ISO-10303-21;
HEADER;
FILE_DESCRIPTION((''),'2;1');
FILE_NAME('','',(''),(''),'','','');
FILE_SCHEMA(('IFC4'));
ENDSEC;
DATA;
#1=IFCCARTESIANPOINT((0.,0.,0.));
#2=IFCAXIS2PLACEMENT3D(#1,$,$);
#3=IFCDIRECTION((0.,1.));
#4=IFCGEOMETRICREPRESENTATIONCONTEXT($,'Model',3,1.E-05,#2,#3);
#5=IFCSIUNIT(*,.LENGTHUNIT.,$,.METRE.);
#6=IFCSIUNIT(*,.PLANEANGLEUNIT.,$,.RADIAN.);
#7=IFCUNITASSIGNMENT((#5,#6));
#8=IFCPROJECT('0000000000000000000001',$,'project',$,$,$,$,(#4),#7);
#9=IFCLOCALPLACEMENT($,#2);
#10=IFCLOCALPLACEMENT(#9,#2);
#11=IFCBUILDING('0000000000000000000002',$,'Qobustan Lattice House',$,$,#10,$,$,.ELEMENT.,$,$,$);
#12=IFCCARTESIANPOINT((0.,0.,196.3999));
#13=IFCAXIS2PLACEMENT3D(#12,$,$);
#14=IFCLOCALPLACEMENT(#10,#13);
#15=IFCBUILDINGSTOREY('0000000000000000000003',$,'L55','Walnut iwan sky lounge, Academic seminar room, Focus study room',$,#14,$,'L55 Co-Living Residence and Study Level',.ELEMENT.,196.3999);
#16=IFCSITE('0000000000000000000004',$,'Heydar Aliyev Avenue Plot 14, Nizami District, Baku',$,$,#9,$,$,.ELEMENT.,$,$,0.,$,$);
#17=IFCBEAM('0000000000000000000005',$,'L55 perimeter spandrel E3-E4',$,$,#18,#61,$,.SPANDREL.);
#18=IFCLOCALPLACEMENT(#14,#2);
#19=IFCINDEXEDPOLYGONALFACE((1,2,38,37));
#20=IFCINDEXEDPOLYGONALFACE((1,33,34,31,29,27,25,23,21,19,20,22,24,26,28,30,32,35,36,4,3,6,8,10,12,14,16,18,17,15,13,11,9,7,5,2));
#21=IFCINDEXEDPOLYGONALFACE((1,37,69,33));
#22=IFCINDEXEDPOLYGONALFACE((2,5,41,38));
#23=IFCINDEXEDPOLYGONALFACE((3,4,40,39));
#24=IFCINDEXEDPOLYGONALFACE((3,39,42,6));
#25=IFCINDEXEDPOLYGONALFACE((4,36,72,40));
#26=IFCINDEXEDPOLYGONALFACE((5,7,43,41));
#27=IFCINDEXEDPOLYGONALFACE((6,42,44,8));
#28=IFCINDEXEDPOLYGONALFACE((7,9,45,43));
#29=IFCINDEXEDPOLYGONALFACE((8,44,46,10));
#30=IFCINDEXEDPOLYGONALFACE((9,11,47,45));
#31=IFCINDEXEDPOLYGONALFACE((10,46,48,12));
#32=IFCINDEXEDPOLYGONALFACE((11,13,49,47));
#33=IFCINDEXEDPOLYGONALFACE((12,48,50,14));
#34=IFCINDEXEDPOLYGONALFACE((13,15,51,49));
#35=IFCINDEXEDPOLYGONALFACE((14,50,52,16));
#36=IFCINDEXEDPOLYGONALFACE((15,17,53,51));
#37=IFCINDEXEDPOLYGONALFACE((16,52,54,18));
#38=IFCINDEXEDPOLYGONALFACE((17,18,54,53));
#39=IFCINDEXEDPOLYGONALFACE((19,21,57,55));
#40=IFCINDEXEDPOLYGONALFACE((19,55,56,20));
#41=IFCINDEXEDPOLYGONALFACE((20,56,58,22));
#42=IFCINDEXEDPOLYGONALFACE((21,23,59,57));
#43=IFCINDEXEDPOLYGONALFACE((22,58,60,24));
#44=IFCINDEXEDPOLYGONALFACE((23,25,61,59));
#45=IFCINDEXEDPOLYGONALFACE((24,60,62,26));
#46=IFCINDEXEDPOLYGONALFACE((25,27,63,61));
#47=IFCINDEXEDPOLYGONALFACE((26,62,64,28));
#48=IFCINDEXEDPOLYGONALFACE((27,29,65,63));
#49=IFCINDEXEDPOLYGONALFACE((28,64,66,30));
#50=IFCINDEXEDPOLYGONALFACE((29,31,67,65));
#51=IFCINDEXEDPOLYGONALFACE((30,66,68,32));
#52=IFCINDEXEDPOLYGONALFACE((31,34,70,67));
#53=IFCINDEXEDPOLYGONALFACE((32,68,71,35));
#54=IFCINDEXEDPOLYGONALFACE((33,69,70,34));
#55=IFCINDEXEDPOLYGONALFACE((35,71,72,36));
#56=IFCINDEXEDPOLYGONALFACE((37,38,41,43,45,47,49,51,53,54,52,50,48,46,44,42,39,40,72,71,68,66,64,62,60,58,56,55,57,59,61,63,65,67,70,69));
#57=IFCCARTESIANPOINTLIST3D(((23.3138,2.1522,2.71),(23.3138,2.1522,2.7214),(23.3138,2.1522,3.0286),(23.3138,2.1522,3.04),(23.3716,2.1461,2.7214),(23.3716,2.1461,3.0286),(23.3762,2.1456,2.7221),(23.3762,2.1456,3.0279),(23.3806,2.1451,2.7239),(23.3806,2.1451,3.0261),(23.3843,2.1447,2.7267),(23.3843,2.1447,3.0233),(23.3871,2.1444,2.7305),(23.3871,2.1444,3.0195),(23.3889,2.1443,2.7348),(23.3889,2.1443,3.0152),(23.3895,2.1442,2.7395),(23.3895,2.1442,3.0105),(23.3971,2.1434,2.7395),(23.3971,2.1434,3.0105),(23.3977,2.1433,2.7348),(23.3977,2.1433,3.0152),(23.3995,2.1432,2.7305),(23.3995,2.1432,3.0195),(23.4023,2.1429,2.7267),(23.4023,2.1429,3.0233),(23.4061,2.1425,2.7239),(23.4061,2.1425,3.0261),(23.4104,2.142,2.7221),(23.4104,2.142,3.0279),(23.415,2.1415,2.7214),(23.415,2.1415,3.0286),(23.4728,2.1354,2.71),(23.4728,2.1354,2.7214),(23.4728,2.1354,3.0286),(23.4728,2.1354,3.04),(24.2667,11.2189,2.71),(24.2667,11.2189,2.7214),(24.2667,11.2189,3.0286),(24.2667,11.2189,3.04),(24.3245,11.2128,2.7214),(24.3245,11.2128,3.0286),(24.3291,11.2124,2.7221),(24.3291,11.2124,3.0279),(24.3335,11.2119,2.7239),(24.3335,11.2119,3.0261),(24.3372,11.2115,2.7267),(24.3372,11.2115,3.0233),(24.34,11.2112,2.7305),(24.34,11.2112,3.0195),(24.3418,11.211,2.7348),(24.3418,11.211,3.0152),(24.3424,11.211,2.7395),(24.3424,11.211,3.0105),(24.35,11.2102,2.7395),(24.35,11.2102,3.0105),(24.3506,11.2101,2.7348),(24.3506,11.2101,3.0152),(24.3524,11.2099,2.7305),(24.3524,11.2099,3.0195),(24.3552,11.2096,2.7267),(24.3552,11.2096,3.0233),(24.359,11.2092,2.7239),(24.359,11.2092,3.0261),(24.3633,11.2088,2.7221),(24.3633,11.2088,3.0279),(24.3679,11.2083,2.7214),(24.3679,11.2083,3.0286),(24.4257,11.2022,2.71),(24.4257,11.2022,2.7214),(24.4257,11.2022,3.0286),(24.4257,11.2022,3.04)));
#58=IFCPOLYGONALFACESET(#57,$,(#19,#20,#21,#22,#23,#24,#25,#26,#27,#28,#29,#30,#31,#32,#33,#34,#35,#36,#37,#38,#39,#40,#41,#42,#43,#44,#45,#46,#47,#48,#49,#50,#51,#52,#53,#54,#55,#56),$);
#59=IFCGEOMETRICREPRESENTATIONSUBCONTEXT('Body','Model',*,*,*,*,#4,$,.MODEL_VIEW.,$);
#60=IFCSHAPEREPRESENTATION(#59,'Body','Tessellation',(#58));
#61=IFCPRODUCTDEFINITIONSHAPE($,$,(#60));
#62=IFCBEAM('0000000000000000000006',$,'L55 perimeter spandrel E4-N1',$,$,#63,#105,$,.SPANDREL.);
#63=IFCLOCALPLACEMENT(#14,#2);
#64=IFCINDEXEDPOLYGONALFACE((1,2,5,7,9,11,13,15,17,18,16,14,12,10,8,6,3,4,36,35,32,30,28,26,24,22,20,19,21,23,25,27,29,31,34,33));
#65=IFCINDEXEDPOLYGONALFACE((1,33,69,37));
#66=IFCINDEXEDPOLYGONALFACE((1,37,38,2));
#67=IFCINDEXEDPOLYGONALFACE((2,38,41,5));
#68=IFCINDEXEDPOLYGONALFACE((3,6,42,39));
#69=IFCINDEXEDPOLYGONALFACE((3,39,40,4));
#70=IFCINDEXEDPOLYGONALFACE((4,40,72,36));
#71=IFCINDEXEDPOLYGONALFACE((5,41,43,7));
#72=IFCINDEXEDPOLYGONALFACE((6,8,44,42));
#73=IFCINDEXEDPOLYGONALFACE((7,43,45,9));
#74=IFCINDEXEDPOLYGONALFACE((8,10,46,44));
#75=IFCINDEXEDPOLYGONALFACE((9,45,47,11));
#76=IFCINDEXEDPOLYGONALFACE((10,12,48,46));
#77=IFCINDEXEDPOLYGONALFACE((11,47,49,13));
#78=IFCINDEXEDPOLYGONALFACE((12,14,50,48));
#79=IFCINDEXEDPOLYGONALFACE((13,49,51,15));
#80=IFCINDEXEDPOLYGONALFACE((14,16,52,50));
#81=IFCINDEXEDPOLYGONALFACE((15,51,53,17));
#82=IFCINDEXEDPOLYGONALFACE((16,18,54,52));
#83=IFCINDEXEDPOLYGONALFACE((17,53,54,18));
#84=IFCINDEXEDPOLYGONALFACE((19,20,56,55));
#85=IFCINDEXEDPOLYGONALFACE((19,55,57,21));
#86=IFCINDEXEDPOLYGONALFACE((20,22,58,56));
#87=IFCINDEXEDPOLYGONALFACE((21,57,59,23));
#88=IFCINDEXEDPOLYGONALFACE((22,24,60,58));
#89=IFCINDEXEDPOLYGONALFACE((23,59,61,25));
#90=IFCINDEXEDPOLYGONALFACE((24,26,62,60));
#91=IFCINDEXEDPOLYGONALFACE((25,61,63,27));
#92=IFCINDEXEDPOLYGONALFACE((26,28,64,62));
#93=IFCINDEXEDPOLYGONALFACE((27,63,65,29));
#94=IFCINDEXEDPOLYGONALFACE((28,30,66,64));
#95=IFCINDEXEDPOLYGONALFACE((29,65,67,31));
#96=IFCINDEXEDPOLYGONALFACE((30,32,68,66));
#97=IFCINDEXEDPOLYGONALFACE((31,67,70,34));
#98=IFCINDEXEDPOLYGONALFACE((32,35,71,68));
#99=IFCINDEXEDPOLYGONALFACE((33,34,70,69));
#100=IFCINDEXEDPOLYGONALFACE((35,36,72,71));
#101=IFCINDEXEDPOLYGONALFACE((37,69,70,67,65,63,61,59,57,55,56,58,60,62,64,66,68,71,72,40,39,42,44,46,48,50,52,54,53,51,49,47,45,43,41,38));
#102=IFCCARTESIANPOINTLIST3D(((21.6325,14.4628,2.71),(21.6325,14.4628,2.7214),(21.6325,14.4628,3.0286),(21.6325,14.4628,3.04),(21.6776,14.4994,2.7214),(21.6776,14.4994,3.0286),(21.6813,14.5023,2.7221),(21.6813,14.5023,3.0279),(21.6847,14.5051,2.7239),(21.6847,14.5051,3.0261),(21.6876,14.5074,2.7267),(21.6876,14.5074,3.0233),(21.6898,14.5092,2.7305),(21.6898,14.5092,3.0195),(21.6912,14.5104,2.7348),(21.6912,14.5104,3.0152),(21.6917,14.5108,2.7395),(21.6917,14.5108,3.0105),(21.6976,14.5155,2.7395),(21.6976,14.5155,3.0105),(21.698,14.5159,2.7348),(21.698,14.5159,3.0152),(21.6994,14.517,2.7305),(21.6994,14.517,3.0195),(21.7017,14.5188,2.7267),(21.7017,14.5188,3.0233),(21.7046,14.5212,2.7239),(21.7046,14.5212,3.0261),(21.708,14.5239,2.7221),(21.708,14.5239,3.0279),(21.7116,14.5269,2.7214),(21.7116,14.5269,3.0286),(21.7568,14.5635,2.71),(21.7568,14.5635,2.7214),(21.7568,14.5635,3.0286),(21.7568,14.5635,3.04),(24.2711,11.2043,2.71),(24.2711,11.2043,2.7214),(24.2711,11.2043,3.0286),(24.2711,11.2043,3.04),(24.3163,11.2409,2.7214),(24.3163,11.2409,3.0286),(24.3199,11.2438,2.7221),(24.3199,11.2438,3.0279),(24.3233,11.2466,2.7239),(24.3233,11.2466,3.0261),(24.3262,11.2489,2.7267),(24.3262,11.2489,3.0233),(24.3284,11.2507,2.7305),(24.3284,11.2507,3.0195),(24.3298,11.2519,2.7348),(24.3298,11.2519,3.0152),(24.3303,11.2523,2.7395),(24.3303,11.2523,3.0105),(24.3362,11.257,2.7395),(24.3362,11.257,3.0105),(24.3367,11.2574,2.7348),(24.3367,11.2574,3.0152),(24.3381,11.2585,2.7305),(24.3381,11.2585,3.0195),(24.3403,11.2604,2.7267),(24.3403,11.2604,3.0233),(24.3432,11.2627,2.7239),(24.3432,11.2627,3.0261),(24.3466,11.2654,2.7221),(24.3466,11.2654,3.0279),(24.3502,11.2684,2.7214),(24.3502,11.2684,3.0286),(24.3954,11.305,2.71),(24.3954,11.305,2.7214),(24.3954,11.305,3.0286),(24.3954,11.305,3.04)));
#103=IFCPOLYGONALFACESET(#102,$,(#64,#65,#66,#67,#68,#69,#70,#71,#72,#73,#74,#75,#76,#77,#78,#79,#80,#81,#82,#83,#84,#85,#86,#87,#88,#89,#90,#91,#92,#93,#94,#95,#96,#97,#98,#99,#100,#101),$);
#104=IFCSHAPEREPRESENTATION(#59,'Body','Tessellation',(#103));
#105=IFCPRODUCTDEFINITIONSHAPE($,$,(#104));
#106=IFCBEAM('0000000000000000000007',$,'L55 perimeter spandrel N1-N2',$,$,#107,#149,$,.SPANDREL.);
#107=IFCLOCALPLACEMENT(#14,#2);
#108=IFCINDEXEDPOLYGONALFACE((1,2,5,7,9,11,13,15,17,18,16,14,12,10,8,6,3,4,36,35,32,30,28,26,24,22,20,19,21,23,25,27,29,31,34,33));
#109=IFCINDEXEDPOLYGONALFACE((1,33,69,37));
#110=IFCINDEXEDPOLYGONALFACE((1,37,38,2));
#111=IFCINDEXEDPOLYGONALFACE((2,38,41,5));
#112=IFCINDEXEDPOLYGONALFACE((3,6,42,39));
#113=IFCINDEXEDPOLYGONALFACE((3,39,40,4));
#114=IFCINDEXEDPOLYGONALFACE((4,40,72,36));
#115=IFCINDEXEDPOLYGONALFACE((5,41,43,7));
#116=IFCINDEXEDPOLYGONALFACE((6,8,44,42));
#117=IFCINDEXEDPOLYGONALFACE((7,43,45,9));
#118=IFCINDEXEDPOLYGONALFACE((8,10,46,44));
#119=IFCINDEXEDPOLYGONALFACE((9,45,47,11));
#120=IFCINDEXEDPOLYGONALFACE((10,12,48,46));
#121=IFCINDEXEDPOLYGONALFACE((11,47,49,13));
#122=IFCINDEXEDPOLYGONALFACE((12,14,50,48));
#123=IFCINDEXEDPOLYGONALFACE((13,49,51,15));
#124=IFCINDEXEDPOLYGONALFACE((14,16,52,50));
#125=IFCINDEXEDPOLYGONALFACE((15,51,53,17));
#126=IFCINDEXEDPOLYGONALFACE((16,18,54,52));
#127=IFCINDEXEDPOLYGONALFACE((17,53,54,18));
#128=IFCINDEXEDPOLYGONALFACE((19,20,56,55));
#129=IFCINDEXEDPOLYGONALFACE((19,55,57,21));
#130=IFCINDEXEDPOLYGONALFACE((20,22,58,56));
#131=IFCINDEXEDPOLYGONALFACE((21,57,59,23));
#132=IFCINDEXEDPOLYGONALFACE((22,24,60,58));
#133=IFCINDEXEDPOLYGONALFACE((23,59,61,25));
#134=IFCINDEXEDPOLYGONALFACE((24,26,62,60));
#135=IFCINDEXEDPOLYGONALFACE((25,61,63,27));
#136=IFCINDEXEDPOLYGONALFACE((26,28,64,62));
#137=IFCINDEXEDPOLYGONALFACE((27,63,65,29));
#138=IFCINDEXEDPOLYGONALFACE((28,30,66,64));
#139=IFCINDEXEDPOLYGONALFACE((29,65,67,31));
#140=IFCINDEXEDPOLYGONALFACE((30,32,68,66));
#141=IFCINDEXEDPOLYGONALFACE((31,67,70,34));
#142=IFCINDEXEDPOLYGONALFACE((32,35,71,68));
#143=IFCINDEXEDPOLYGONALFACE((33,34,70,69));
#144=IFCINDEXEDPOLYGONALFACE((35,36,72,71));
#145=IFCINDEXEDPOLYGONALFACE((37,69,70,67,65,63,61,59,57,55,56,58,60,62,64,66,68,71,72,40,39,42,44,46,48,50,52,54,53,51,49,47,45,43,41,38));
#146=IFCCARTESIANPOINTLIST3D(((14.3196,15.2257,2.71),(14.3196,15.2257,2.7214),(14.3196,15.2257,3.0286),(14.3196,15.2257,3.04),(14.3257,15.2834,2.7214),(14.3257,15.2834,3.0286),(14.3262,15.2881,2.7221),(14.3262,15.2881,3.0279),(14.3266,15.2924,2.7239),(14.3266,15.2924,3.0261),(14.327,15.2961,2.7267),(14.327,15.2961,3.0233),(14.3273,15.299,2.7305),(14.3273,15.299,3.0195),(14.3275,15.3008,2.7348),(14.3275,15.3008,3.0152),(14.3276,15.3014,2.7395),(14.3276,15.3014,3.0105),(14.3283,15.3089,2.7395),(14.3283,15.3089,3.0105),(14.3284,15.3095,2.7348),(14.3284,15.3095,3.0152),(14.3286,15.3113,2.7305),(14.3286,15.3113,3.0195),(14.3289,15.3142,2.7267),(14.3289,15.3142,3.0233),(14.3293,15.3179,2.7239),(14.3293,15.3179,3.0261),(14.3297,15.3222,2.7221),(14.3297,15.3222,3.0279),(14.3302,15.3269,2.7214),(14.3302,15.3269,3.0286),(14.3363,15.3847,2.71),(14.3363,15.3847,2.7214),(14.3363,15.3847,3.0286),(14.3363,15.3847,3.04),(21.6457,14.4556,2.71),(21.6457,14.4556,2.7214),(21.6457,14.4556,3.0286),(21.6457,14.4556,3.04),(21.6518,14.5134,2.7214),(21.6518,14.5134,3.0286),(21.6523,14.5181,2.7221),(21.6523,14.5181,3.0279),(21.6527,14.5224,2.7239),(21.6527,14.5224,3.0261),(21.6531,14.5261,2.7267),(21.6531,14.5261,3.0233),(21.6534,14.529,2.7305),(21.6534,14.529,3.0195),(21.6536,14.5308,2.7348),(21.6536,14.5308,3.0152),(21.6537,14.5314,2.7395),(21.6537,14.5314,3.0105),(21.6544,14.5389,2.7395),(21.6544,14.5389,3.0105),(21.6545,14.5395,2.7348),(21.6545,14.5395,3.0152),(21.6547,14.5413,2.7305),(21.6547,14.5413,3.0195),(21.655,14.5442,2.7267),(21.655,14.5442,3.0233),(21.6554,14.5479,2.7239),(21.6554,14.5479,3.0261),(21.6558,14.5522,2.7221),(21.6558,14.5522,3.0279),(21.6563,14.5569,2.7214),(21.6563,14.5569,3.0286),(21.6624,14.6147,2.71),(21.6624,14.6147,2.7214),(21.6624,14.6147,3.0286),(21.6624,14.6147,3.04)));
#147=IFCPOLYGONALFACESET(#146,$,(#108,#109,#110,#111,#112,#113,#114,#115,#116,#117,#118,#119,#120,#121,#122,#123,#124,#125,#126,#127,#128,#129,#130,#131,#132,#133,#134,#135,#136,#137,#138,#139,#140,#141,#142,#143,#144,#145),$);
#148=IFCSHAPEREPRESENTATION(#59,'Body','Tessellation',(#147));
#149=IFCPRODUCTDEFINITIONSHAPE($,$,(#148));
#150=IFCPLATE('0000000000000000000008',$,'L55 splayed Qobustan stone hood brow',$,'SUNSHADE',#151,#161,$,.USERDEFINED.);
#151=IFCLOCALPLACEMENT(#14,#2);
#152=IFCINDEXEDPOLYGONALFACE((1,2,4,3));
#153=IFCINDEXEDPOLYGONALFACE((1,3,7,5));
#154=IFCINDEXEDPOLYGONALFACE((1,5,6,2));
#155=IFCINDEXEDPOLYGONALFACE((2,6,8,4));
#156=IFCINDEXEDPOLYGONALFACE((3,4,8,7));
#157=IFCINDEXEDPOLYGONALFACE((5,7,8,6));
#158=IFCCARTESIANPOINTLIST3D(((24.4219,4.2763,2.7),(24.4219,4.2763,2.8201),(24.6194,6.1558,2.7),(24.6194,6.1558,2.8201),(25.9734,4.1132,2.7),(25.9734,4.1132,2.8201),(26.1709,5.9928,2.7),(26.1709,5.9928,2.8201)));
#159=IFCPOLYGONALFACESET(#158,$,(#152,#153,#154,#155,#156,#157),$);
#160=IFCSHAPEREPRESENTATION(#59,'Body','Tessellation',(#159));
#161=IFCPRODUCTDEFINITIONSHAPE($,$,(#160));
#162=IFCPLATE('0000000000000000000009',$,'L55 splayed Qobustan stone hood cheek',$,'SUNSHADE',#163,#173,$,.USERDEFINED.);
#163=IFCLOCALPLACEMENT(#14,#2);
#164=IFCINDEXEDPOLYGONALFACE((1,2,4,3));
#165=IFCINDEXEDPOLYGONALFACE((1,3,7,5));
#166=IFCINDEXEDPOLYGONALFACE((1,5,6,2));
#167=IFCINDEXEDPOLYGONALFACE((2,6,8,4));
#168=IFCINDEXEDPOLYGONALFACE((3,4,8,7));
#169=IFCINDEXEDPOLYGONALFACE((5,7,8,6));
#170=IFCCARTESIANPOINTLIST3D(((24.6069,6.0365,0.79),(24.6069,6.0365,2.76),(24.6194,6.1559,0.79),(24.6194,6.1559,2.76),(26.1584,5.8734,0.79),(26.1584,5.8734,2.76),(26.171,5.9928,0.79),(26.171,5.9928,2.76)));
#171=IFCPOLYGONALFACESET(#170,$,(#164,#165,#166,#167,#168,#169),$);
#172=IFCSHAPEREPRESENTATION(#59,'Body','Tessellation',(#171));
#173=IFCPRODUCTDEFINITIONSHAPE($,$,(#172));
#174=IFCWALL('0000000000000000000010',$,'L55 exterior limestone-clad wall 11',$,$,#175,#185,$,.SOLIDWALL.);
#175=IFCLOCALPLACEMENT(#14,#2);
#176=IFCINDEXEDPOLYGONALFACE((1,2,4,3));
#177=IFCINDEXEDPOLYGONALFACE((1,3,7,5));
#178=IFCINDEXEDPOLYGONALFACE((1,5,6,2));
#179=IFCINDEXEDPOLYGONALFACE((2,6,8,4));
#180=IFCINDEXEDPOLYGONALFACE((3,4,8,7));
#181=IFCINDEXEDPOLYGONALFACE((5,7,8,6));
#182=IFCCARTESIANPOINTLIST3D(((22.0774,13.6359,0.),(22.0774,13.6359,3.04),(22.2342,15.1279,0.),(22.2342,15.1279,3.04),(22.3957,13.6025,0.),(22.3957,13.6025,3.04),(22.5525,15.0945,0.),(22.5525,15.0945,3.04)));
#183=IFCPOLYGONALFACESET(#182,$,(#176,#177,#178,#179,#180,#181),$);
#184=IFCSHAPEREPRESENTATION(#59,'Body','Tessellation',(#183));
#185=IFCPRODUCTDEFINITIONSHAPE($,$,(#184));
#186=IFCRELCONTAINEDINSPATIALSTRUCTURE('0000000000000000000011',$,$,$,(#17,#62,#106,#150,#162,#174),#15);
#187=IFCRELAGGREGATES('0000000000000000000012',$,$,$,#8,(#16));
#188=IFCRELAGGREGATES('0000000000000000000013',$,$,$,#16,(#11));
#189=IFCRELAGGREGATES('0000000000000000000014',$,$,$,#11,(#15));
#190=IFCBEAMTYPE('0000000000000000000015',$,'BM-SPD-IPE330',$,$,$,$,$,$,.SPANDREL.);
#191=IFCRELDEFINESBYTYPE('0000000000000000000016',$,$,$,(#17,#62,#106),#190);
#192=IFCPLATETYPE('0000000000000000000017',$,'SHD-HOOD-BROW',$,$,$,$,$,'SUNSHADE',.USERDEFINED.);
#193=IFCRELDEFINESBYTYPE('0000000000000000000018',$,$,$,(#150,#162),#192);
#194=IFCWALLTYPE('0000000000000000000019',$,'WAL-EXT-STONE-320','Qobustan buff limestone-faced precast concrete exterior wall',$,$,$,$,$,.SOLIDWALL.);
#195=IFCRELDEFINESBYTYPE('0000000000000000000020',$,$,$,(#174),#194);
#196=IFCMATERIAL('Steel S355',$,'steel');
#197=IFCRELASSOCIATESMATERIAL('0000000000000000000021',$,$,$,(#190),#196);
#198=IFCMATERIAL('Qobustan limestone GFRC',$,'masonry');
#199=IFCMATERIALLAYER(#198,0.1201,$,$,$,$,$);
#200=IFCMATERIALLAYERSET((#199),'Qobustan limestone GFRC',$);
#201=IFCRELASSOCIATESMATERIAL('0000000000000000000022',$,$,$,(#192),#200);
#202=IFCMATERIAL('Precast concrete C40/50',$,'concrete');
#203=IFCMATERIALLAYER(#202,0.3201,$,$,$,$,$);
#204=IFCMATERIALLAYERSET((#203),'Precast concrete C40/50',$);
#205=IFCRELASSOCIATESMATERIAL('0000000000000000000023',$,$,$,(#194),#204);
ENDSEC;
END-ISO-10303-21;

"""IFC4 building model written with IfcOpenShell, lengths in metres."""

from ifc_helpers import new_model, si_unit, direction, frame, frame_2d, origin, origin_2d, place, context, subcontext, project, spatial, rectangle, i_section, extrude, material, layer, layer_set, material_profile, profile_set, type_object, element, save


model = new_model("IFC4")

# Units and contexts
model_context = context("Model", 3, precision=1e-05, world=origin(), true_north=direction((0.0, 1.0)))
body_context = subcontext(model_context, "Body", "Model", "MODEL_VIEW")
ifc_project = project(units=[si_unit("LENGTHUNIT", "METRE"), si_unit("PLANEANGLEUNIT", "RADIAN")], contexts=[model_context])

# Site, building, storey
site_placement = place(None, origin())
site = spatial("IfcSite", under=ifc_project, at=site_placement, Name="Heydar Aliyev Avenue Plot 14, Nizami District, Baku", CompositionType="ELEMENT", RefElevation=0.0)
building_placement = place(site_placement, origin())
building = spatial("IfcBuilding", under=site, at=building_placement, Name="Qobustan Lattice House", CompositionType="ELEMENT")
storey_placement = place(building_placement, frame((0.0, 0.0, 196.3999)))
storey = spatial("IfcBuildingStorey", under=building, at=storey_placement, Name="L55", Description="Walnut iwan sky lounge, Academic seminar room, Focus study room", LongName="L55 Co-Living Residence and Study Level", CompositionType="ELEMENT", Elevation=196.3999)

# Beams
ifc_material_1 = material(Name="Steel S355", Category="steel")
ifc_material_profile_1 = material_profile(ifc_material_1, i_section(OverallWidth=0.1599, OverallDepth=0.3301, WebThickness=0.0076, FlangeThickness=0.0115, FilletRadius=0.0181, at=origin_2d()), Name="IPE330")
ifc_profile_set_1 = profile_set([ifc_material_profile_1], Name="Steel S355")
beam_type_1 = type_object("IfcBeamType", Name="BM-SPD-IPE330", PredefinedType="SPANDREL", material=ifc_profile_set_1)
beam_1_placement = place(storey_placement, frame((23.3933, 2.1438, 2.875), z_axis=(0.104522, 0.994523, 0.0), x_axis=(-0.994523, 0.104522, 0.0)))
element("IfcBeam", 1, at=beam_1_placement, inside=storey, type_object=beam_type_1, Name="L55 perimeter spandrel E3-E4", PredefinedType="SPANDREL", context=body_context, shape_type="SweptSolid", body=[
    extrude(i_section(OverallWidth=0.1599, OverallDepth=0.3301, WebThickness=0.0076, FlangeThickness=0.0115, FilletRadius=0.0181, at=origin_2d()), origin(), (0.0, 0.0, 1.0), 9.1167),
])
beam_2_placement = place(storey_placement, frame((24.3333, 11.2546, 2.875), z_axis=(-0.629314, 0.777151, 0.0), x_axis=(-0.777151, -0.629314, 0.0)))
element("IfcBeam", 2, at=beam_2_placement, inside=storey, type_object=beam_type_1, Name="L55 perimeter spandrel E4-N1", PredefinedType="SPANDREL", context=body_context, shape_type="SweptSolid", body=[
    extrude(i_section(OverallWidth=0.1599, OverallDepth=0.3301, WebThickness=0.0076, FlangeThickness=0.0115, FilletRadius=0.0181, at=origin_2d()), origin(), (0.0, 0.0, 1.0), 4.1929),
])
beam_3_placement = place(storey_placement, frame((21.6541, 14.5352, 2.875), z_axis=(-0.994522, 0.10453, 0.0), x_axis=(-0.10453, -0.994522, 0.0)))
element("IfcBeam", 3, at=beam_3_placement, inside=storey, type_object=beam_type_1, Name="L55 perimeter spandrel N1-N2", PredefinedType="SPANDREL", context=body_context, shape_type="SweptSolid", body=[
    extrude(i_section(OverallWidth=0.1599, OverallDepth=0.3301, WebThickness=0.0076, FlangeThickness=0.0115, FilletRadius=0.0181, at=origin_2d()), origin(), (0.0, 0.0, 1.0), 7.3665),
])

# Plates
ifc_material_2 = material(Name="Qobustan limestone GFRC", Category="masonry")
ifc_layer_1 = layer(ifc_material_2, 0.1201)
ifc_layer_set_1 = layer_set([ifc_layer_1], Name="Qobustan limestone GFRC")
plate_type = type_object("IfcPlateType", Name="SHD-HOOD-BROW", ElementType="SUNSHADE", PredefinedType="USERDEFINED", material=ifc_layer_set_1)
plate_1_placement = place(storey_placement, frame((25.2964, 5.1345, 2.7), z_axis=(0.0, 0.0, 1.0), x_axis=(-0.104528, -0.994522, 0.0)))
element("IfcPlate", 4, at=plate_1_placement, inside=storey, type_object=plate_type, Name="L55 splayed Qobustan stone hood brow", ObjectType="SUNSHADE", PredefinedType="USERDEFINED", context=body_context, shape_type="SweptSolid", body=[
    extrude(rectangle(XDim=1.8899, YDim=1.5601, at=origin_2d()), origin(), (0.0, 0.0, 1.0), 0.1201),
])
plate_2_placement = place(storey_placement, frame((25.3889, 6.0146, 0.79), z_axis=(0.0, 0.0, 1.0), x_axis=(-0.104528, -0.994522, 0.0)))
element("IfcPlate", 5, at=plate_2_placement, inside=storey, type_object=plate_type, Name="L55 splayed Qobustan stone hood cheek", ObjectType="SUNSHADE", PredefinedType="USERDEFINED", context=body_context, shape_type="SweptSolid", body=[
    extrude(rectangle(XDim=0.1201, YDim=1.5601, at=origin_2d()), origin(), (0.0, 0.0, 1.0), 1.97),
])

# Wall
ifc_material_3 = material(Name="Precast concrete C40/50", Category="concrete")
ifc_layer_2 = layer(ifc_material_3, 0.3201)
ifc_layer_set_2 = layer_set([ifc_layer_2], Name="Precast concrete C40/50")
wall_type_1 = type_object("IfcWallType", Name="WAL-EXT-STONE-320", Description="Qobustan buff limestone-faced precast concrete exterior wall", PredefinedType="SOLIDWALL", material=ifc_layer_set_2)
wall_1_placement = place(storey_placement, frame((22.3933, 15.1111, 0.0), z_axis=(0.0, 0.0, 1.0), x_axis=(-0.104481, -0.994527, 0.0)))
element("IfcWall", 6, at=wall_1_placement, inside=storey, type_object=wall_type_1, Name="L55 exterior limestone-clad wall 11", PredefinedType="SOLIDWALL", context=body_context, shape_type="SweptSolid", body=[
    extrude(rectangle(XDim=1.5002, YDim=0.3201, at=frame_2d((0.75, 0.0))), origin(), (0.0, 0.0, 1.0), 3.04),
])

save(model, "model.ifc")
